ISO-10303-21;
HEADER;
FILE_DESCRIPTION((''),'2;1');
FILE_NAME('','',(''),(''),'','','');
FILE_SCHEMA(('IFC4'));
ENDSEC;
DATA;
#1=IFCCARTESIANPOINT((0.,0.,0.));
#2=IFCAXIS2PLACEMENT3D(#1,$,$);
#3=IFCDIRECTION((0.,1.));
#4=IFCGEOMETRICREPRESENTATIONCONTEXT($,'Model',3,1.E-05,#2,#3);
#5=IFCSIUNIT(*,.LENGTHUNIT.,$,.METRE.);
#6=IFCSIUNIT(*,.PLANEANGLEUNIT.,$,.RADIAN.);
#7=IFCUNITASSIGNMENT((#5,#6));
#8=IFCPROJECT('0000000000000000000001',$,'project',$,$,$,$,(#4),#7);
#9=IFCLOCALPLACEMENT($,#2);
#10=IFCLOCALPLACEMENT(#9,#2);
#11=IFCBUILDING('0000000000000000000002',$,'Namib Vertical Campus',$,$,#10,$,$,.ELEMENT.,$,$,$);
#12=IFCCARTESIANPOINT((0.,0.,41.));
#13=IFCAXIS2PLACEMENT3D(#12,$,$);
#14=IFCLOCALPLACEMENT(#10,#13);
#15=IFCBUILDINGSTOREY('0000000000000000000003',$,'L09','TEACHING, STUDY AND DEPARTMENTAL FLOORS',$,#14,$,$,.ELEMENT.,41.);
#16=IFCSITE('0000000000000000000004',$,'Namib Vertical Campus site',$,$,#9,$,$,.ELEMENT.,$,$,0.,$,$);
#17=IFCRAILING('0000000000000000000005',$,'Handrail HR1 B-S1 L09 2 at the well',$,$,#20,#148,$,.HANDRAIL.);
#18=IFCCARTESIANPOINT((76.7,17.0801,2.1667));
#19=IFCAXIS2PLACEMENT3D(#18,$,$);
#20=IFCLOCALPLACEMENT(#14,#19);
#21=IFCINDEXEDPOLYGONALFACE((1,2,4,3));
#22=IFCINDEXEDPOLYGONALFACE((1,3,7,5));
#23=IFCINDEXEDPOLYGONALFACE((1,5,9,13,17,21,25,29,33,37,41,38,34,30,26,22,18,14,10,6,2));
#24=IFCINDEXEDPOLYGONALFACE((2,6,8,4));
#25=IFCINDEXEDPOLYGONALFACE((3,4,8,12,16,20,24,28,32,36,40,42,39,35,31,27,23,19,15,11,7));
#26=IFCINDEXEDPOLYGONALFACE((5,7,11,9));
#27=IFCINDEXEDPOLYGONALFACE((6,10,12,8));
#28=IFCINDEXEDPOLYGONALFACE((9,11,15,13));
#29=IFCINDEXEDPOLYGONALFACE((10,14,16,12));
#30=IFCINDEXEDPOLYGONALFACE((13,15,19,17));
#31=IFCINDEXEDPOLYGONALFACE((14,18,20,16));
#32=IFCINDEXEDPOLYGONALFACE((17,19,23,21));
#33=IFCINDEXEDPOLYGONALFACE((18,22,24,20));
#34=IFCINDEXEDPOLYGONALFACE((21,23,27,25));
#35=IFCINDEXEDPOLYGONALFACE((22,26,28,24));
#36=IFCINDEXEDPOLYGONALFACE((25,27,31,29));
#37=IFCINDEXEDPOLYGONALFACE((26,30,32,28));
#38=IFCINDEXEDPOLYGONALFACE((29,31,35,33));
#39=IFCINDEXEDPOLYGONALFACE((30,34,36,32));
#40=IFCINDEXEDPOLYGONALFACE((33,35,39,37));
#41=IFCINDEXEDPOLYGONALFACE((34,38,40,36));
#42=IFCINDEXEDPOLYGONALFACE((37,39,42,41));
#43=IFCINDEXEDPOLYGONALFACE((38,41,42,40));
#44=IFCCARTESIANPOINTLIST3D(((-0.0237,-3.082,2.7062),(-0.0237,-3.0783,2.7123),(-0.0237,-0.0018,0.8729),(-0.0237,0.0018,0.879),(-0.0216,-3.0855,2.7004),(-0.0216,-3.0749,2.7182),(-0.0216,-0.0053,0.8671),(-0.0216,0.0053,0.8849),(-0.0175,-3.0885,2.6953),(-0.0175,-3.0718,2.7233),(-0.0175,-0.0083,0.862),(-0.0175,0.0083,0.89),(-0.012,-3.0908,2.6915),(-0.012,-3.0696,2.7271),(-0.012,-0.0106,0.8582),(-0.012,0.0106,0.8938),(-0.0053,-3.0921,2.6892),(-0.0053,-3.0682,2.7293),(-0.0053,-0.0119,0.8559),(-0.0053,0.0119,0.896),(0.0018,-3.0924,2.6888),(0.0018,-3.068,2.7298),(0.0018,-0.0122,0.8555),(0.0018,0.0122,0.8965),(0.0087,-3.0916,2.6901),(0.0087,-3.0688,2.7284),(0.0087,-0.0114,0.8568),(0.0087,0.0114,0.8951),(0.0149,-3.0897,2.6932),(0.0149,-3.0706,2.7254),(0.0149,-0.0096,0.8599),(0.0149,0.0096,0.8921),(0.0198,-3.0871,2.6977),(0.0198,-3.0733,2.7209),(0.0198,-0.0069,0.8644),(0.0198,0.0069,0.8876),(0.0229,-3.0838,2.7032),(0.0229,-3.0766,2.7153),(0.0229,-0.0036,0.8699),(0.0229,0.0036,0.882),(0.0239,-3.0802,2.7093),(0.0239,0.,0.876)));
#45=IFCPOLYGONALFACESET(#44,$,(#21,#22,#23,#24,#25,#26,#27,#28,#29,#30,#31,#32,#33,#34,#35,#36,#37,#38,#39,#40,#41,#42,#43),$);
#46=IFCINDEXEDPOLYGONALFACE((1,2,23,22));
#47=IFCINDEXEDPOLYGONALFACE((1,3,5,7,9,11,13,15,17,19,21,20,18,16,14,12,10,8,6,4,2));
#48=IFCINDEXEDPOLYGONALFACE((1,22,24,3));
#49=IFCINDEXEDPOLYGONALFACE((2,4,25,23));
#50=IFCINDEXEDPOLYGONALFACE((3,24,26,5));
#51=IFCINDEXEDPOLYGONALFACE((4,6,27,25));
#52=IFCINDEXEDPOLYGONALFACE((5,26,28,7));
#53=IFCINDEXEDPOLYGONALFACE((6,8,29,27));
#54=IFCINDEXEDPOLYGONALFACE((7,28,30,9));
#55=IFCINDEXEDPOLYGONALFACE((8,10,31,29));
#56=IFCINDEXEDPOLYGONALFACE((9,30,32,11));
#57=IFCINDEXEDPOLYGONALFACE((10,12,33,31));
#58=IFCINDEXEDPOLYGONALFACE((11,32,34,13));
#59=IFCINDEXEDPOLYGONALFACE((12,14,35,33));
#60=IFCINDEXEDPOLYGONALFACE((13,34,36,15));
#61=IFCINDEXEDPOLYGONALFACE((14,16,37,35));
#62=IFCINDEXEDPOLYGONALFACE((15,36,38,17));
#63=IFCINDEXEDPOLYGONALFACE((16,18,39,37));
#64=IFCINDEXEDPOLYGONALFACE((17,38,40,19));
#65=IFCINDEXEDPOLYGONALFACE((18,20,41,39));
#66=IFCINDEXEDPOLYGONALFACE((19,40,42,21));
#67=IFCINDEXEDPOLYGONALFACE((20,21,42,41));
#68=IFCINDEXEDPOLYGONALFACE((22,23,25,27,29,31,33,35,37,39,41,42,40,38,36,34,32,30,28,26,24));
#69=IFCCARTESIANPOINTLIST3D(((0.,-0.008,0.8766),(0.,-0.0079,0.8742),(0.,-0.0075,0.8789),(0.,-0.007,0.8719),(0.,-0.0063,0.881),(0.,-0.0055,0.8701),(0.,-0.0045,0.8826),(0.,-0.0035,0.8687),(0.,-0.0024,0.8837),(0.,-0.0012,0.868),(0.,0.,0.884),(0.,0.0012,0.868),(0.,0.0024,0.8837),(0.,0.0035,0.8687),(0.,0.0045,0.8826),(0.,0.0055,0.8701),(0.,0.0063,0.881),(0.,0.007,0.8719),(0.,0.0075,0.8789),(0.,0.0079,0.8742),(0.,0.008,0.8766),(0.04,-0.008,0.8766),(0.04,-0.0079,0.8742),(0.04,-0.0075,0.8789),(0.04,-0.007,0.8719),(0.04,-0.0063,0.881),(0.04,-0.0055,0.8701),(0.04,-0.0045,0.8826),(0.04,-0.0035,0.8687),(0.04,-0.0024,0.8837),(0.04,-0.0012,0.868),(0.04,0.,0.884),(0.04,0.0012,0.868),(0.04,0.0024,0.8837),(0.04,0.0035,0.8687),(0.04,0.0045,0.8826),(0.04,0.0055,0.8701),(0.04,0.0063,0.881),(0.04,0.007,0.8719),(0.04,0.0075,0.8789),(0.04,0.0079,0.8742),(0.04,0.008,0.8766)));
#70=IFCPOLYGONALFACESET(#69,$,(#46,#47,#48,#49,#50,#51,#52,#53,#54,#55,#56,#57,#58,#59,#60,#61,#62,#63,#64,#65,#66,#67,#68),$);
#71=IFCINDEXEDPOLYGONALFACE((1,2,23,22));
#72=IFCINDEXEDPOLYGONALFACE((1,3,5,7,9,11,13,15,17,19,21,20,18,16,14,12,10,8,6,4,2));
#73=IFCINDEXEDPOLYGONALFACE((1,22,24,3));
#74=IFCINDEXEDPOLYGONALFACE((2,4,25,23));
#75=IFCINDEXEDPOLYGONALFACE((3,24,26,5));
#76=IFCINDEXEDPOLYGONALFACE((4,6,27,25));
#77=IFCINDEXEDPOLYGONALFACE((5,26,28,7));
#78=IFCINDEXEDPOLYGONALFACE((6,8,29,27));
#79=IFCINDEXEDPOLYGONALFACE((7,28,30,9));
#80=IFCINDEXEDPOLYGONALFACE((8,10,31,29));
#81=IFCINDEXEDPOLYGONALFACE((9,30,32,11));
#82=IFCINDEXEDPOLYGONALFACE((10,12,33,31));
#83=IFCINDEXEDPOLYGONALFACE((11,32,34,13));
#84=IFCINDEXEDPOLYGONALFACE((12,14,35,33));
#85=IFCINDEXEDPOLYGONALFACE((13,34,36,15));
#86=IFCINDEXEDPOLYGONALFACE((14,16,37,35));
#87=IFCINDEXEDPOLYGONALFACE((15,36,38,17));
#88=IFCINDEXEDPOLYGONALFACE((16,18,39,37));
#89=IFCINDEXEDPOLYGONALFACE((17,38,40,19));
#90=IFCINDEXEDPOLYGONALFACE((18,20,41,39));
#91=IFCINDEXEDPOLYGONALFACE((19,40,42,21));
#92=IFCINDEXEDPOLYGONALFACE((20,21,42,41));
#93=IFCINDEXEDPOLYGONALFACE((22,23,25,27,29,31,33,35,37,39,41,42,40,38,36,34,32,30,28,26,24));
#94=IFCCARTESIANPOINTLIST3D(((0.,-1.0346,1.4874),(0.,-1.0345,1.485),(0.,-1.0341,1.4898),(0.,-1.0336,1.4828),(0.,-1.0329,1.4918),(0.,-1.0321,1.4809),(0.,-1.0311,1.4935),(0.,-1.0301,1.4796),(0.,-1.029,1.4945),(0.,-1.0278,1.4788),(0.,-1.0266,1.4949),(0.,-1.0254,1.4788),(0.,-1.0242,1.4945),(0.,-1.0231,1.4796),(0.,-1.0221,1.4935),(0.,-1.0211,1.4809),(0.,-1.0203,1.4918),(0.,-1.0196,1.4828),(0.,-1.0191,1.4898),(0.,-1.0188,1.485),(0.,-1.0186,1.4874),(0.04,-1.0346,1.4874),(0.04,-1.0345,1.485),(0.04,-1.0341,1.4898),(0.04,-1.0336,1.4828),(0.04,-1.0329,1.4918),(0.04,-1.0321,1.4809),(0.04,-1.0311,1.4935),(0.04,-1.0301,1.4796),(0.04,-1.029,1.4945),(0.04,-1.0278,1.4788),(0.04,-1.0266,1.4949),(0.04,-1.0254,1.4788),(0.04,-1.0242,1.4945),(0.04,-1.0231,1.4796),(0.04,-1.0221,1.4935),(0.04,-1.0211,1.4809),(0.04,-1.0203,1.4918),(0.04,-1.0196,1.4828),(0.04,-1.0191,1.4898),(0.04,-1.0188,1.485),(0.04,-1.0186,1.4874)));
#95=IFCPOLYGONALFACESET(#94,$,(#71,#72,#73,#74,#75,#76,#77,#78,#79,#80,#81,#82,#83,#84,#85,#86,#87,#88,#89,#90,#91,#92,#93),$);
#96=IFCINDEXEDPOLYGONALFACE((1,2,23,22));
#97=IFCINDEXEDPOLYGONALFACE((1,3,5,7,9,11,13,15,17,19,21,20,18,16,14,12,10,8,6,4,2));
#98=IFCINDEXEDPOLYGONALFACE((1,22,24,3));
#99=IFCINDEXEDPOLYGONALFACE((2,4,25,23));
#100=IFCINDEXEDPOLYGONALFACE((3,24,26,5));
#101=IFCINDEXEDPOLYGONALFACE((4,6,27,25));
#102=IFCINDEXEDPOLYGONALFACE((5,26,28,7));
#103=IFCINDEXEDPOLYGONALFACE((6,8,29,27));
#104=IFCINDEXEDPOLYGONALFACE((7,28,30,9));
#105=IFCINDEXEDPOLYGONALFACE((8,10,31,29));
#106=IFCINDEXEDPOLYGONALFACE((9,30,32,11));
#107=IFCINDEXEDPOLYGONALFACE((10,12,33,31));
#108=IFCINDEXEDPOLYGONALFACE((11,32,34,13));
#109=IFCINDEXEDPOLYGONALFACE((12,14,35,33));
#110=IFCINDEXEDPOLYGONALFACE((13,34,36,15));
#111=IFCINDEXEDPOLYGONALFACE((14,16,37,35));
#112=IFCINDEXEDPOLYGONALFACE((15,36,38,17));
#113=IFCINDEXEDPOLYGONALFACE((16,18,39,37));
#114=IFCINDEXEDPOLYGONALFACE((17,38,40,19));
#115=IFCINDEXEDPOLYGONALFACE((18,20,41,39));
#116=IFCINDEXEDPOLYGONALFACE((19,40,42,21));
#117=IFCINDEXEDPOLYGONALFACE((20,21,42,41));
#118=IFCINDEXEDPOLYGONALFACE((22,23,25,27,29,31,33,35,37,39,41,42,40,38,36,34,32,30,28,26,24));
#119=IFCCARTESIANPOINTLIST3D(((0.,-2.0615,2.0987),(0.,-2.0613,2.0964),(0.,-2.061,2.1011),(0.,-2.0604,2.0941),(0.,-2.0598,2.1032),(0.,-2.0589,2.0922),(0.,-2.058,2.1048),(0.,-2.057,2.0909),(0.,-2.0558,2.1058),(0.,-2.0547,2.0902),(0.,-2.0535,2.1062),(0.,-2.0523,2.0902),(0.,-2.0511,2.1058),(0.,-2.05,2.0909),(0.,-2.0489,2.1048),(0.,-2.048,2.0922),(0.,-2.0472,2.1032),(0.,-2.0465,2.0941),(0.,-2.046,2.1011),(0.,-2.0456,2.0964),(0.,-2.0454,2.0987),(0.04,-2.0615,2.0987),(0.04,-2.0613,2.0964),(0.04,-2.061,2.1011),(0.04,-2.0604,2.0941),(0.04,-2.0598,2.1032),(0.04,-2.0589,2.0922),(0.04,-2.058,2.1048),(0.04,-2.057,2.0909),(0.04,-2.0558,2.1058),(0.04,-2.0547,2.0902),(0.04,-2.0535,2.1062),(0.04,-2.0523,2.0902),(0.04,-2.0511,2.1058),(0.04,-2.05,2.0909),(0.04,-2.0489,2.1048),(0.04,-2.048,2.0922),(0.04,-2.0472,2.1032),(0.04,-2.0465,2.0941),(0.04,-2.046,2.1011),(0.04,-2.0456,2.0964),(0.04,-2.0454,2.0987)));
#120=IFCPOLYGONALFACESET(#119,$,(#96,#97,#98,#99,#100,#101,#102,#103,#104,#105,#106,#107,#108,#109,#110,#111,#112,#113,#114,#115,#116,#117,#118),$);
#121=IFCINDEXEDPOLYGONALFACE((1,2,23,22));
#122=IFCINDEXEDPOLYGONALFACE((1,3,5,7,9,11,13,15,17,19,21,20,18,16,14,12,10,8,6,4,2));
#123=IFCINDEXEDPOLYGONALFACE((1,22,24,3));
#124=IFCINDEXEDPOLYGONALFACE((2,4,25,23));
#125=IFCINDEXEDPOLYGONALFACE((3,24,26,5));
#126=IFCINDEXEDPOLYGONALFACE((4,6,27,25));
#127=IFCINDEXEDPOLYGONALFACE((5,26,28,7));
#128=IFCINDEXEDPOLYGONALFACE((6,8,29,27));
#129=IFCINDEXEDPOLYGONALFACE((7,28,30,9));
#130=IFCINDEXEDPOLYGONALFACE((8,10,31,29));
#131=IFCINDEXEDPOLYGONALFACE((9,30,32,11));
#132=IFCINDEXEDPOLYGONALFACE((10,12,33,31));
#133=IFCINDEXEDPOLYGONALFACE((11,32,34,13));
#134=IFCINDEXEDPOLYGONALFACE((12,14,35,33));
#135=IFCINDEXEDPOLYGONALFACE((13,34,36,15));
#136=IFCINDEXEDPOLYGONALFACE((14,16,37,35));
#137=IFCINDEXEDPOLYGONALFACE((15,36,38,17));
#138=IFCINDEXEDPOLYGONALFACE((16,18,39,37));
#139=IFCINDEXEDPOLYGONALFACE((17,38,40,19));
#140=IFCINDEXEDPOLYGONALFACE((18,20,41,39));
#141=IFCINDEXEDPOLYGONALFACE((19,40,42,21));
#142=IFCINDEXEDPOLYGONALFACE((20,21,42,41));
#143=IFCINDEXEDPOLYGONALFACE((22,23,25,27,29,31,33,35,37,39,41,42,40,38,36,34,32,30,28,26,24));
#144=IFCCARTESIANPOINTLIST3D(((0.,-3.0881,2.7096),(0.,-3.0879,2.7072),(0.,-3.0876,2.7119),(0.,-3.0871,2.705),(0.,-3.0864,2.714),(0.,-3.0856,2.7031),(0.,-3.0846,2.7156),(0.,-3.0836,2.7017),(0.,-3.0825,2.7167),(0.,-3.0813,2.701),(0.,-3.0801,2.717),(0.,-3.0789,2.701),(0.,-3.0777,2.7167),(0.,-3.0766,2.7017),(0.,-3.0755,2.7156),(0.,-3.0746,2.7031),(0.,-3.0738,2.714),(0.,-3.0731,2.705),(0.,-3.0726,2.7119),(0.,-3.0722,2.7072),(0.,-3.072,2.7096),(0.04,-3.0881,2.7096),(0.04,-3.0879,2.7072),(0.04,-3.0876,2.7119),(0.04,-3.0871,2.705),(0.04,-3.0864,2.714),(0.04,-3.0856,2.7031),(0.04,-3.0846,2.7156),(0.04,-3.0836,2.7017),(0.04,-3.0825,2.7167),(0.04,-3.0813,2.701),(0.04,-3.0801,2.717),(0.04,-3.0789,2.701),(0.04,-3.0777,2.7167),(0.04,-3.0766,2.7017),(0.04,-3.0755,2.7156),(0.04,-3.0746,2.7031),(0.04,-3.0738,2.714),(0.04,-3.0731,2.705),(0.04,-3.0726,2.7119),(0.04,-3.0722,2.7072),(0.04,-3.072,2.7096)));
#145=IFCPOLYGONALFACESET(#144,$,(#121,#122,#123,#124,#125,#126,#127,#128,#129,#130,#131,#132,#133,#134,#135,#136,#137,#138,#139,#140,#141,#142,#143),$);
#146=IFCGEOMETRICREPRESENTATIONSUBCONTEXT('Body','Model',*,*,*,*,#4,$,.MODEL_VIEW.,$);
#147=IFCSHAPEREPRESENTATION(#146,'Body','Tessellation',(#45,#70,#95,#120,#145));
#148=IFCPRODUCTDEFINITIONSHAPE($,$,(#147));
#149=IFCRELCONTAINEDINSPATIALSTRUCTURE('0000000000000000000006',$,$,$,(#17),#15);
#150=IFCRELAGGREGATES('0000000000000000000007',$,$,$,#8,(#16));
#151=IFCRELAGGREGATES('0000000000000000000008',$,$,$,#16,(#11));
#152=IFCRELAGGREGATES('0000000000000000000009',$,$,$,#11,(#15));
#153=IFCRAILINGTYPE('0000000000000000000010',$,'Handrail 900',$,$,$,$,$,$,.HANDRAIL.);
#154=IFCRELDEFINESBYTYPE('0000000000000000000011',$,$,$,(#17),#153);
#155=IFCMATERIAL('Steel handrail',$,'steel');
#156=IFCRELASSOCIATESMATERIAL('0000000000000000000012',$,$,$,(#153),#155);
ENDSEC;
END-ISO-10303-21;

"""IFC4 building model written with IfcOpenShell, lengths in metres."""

from ifc_helpers import new_model, si_unit, direction, frame, origin, origin_2d, place, context, subcontext, project, spatial, circle, extrude, material, type_object, element, save


model = new_model("IFC4")

# Units and contexts
model_context = context("Model", 3, precision=1e-05, world=origin(), true_north=direction((0.0, 1.0)))
body_context = subcontext(model_context, "Body", "Model", "MODEL_VIEW")
ifc_project = project(units=[si_unit("LENGTHUNIT", "METRE"), si_unit("PLANEANGLEUNIT", "RADIAN")], contexts=[model_context])

# Site, building, storey
site_placement = place(None, origin())
site = spatial("IfcSite", under=ifc_project, at=site_placement, Name="Namib Vertical Campus site", CompositionType="ELEMENT", RefElevation=0.0)
building_placement = place(site_placement, origin())
building = spatial("IfcBuilding", under=site, at=building_placement, Name="Namib Vertical Campus", CompositionType="ELEMENT")
storey_placement = place(building_placement, frame((0.0, 0.0, 41.0)))
storey = spatial("IfcBuildingStorey", under=building, at=storey_placement, Name="L09", Description="TEACHING, STUDY AND DEPARTMENTAL FLOORS", CompositionType="ELEMENT", Elevation=41.0)

# Railing
ifc_material_1 = material(Name="Steel handrail", Category="steel")
railing_type_1 = type_object("IfcRailingType", Name="Handrail 900", PredefinedType="HANDRAIL", material=ifc_material_1)
railing_1_placement = place(storey_placement, frame((76.7, 17.0801, 2.1667)))
element("IfcRailing", 1, at=railing_1_placement, inside=storey, type_object=railing_type_1, Name="Handrail HR1 B-S1 L09 2 at the well", PredefinedType="HANDRAIL", context=body_context, shape_type="SweptSolid", body=[
    extrude(circle(Radius=0.0239, at=origin_2d()), frame((0.0, 0.0, 0.876), z_axis=(0.0, -0.859309, 0.511458), x_axis=(1.0, 0.0, 0.0)), (0.0, 0.0, 1.0), 3.5845),
    extrude(circle(Radius=0.0081, at=origin_2d()), frame((0.0, 0.0, 0.876), z_axis=(1.0, 0.0, 0.0), x_axis=(0.0, 0.0, 1.0)), (0.0, 0.0, 1.0), 0.04),
    extrude(circle(Radius=0.0081, at=origin_2d()), frame((0.0, -1.0266, 1.4868), z_axis=(1.0, 0.0, 0.0), x_axis=(0.0, 0.0, 1.0)), (0.0, 0.0, 1.0), 0.04),
    extrude(circle(Radius=0.0081, at=origin_2d()), frame((0.0, -2.0535, 2.0981), z_axis=(1.0, 0.0, 0.0), x_axis=(0.0, 0.0, 1.0)), (0.0, 0.0, 1.0), 0.04),
    extrude(circle(Radius=0.0081, at=origin_2d()), frame((0.0, -3.0801, 2.709), z_axis=(1.0, 0.0, 0.0), x_axis=(0.0, 0.0, 1.0)), (0.0, 0.0, 1.0), 0.04),
])

save(model, "model.ifc")
